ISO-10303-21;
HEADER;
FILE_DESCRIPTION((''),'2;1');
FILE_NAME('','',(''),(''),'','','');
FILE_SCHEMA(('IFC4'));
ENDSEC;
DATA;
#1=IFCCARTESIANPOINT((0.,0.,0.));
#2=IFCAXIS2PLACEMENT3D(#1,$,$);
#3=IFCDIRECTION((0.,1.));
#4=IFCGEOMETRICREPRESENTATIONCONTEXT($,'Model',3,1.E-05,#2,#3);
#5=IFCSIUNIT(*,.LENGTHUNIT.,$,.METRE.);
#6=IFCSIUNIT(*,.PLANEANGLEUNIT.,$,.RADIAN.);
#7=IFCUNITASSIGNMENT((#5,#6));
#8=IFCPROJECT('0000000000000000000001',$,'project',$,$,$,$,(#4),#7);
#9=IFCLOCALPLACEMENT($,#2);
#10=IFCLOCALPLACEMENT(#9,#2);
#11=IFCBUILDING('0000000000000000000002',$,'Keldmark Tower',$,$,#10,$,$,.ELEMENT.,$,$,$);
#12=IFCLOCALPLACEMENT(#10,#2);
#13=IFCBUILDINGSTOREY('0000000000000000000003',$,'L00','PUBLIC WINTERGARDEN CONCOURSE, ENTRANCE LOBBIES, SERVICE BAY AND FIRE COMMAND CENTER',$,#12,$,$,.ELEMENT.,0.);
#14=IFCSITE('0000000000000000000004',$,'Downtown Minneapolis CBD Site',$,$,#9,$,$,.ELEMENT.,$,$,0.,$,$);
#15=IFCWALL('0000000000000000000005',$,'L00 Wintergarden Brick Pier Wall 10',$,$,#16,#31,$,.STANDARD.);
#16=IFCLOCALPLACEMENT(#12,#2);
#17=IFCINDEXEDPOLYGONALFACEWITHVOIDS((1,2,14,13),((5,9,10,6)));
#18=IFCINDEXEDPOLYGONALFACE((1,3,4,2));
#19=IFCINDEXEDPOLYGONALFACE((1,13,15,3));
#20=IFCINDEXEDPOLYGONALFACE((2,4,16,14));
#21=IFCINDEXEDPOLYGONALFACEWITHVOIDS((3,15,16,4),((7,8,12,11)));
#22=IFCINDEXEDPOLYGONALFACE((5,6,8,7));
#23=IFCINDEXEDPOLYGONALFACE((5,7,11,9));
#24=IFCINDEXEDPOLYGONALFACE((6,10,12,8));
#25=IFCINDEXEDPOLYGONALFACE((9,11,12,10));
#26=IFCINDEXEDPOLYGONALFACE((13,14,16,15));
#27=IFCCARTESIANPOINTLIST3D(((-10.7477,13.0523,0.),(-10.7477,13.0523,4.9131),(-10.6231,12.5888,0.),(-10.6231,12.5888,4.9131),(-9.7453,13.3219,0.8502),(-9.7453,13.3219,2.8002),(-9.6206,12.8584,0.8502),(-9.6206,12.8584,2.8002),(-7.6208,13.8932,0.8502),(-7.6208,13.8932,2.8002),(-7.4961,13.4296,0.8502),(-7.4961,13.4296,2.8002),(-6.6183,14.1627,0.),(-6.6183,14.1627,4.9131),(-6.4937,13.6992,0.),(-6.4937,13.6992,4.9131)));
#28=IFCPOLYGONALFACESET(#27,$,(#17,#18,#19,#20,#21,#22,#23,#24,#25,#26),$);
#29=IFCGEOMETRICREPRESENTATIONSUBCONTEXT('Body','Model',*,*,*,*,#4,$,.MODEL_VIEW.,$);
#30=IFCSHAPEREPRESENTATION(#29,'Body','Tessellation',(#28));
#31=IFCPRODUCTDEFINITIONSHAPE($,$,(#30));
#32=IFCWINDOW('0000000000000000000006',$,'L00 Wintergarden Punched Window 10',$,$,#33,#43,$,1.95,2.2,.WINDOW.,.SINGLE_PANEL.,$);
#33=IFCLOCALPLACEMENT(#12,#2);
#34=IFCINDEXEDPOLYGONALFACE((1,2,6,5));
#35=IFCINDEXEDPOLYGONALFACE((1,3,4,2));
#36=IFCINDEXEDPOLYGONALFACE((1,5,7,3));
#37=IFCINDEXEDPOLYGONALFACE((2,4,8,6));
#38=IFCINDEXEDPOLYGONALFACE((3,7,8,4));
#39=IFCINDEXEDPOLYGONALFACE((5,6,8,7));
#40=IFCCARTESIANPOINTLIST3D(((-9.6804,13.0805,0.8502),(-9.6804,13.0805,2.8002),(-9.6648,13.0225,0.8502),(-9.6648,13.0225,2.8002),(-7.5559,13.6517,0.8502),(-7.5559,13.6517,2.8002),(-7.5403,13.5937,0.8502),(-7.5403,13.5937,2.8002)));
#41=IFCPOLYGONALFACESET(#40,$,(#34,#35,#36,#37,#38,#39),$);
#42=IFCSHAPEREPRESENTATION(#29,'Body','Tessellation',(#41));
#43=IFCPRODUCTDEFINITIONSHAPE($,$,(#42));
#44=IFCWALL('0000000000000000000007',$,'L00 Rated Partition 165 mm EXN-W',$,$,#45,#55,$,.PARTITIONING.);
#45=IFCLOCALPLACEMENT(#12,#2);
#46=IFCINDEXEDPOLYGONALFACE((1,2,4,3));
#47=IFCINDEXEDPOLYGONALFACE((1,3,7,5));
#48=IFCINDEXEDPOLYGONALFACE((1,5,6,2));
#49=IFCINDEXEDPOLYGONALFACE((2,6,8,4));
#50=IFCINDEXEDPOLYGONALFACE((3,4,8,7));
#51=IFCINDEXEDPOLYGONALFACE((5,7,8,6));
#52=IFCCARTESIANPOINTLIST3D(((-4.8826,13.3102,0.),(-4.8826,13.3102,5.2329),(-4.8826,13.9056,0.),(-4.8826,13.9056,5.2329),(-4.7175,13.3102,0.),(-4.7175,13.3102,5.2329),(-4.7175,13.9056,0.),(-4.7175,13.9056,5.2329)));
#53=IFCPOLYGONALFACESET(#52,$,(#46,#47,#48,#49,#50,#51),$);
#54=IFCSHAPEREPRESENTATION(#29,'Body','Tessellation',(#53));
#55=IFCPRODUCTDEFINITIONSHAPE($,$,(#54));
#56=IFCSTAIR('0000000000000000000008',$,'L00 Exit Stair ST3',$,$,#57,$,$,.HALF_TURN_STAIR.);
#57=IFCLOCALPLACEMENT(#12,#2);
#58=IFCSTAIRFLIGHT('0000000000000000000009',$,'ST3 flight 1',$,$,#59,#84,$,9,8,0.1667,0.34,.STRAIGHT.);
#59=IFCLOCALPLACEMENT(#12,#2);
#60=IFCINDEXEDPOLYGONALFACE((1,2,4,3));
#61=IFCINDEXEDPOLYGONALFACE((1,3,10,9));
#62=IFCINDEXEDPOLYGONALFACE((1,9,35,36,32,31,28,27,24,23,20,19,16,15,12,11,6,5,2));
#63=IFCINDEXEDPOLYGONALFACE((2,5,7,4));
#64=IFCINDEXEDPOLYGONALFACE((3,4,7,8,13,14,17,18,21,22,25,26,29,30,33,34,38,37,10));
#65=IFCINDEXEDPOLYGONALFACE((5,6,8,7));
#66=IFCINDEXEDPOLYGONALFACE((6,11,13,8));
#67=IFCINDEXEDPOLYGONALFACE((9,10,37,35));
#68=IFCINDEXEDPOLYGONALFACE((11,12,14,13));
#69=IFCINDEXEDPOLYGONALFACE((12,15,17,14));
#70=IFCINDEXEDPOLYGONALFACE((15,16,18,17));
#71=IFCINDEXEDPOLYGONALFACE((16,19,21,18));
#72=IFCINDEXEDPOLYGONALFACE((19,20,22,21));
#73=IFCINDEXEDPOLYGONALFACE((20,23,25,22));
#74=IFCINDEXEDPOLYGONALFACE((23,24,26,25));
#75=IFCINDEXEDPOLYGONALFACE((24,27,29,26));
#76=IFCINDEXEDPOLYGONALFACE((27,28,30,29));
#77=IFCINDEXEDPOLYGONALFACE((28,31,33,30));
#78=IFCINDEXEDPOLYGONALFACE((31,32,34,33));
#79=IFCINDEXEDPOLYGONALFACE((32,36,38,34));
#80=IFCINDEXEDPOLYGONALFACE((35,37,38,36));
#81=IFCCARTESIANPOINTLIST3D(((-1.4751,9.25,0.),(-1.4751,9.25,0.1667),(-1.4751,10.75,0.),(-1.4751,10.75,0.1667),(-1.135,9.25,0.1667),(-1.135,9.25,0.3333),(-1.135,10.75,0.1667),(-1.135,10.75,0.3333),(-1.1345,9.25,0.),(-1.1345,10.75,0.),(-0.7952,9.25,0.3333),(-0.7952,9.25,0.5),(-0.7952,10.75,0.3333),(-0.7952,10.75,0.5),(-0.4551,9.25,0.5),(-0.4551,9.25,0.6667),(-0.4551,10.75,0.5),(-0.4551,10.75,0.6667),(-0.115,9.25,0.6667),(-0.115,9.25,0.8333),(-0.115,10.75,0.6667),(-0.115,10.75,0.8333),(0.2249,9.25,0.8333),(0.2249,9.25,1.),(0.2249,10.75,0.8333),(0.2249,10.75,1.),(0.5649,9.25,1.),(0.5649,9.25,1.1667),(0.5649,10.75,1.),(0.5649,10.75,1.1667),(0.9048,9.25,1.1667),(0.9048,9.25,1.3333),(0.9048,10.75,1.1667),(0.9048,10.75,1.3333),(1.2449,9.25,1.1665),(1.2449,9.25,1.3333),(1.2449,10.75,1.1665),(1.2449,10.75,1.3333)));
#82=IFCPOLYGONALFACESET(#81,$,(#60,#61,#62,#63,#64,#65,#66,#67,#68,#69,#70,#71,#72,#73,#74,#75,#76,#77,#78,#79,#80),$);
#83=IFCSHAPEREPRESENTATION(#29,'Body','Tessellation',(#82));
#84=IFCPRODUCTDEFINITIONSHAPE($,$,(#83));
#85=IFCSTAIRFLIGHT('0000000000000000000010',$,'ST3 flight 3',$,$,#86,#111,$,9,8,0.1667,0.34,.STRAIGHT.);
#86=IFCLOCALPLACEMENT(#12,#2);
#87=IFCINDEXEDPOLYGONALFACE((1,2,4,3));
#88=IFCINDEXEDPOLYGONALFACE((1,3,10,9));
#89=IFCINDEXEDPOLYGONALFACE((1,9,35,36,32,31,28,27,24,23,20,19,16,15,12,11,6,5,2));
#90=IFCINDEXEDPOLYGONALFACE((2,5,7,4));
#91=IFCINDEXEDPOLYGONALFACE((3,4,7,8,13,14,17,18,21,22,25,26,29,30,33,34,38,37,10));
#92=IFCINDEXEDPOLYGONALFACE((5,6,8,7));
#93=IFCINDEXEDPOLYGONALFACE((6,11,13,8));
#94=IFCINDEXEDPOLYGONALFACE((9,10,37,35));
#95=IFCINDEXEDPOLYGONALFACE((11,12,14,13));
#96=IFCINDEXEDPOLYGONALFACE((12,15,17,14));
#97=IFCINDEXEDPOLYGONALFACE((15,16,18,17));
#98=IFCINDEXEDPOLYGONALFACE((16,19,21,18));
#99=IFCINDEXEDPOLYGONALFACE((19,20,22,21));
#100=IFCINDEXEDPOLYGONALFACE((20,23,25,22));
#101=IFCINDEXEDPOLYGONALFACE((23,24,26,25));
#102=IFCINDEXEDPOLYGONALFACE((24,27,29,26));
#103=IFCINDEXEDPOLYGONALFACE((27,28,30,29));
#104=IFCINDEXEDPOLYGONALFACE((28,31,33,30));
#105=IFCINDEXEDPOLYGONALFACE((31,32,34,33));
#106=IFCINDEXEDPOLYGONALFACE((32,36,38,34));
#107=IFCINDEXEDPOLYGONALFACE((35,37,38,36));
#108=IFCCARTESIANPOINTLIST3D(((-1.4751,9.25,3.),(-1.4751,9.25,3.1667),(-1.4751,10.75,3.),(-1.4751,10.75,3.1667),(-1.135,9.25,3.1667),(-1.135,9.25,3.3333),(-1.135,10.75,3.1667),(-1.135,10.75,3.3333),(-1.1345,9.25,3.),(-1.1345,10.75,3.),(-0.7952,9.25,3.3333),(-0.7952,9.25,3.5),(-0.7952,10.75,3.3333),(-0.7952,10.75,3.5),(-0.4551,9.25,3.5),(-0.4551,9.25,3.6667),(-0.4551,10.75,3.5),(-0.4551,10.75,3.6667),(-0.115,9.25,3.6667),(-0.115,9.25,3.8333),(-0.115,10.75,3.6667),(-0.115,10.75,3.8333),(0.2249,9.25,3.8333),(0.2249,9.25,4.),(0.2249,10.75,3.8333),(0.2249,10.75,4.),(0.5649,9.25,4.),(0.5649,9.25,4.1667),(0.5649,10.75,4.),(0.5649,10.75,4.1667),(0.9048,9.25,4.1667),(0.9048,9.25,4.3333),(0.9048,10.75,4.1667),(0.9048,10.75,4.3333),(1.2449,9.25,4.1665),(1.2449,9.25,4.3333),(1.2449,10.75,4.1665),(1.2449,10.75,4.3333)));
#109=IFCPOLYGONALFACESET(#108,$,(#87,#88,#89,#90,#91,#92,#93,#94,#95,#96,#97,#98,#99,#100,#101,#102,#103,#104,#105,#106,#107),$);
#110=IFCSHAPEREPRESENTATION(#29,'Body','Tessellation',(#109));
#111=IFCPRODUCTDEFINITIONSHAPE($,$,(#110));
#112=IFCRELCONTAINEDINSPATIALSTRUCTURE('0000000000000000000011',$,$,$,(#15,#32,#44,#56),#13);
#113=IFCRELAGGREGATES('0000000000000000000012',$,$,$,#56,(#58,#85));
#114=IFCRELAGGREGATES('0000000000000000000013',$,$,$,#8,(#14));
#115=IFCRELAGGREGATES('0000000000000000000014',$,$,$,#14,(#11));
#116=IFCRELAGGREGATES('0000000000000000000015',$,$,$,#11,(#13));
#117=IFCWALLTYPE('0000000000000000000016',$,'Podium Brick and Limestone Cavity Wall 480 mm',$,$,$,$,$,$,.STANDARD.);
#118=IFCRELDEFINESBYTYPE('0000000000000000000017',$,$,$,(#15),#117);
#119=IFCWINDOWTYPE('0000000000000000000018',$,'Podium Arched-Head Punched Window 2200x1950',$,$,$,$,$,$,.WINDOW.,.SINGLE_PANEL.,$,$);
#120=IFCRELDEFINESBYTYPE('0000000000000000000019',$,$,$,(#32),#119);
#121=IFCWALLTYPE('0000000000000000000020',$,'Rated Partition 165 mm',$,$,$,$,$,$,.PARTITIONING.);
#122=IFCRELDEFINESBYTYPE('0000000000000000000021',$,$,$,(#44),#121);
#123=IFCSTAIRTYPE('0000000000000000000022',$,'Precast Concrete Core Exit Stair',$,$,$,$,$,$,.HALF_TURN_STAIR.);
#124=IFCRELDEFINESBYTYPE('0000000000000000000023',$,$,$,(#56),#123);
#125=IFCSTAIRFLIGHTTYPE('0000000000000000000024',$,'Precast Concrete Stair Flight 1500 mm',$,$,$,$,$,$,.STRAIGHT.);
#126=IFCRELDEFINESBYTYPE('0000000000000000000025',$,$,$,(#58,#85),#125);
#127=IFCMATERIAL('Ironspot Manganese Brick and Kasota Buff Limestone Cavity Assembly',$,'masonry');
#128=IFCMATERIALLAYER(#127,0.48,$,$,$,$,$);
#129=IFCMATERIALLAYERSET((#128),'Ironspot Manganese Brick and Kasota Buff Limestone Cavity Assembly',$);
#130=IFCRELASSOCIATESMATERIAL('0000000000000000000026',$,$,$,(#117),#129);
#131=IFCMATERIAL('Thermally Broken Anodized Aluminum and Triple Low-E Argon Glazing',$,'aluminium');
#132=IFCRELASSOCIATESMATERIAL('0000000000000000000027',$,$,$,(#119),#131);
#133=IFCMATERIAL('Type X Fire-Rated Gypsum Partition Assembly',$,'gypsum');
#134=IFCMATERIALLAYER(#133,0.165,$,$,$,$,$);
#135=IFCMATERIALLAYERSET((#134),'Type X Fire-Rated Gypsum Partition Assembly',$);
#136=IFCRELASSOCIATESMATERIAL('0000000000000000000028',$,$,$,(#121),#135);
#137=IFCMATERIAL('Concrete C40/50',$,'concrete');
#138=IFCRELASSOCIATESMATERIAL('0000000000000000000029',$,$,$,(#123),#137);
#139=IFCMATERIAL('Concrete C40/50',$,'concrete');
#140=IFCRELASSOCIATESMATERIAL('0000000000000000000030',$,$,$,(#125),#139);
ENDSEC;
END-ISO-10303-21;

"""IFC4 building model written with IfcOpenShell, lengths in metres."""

from ifc_helpers import new_model, si_unit, direction, frame, frame_2d, origin, place, context, subcontext, project, spatial, polyline, rectangle, outline, extrude, material, layer, layer_set, type_object, element, fill, aggregate, save


model = new_model("IFC4")

# Units and contexts
model_context = context("Model", 3, precision=1e-05, world=origin(), true_north=direction((0.0, 1.0)))
body_context = subcontext(model_context, "Body", "Model", "MODEL_VIEW")
ifc_project = project(units=[si_unit("LENGTHUNIT", "METRE"), si_unit("PLANEANGLEUNIT", "RADIAN")], contexts=[model_context])

# Site, building, storey
site_placement = place(None, origin())
site = spatial("IfcSite", under=ifc_project, at=site_placement, Name="Downtown Minneapolis CBD Site", CompositionType="ELEMENT", RefElevation=0.0)
building_placement = place(site_placement, origin())
building = spatial("IfcBuilding", under=site, at=building_placement, Name="Keldmark Tower", CompositionType="ELEMENT")
storey_placement = place(building_placement, origin())
storey = spatial("IfcBuildingStorey", under=building, at=storey_placement, Name="L00", Description="PUBLIC WINTERGARDEN CONCOURSE, ENTRANCE LOBBIES, SERVICE BAY AND FIRE COMMAND CENTER", CompositionType="ELEMENT", Elevation=0.0)

# Shared definitions
ifc_material_1 = material(Name="Ironspot Manganese Brick and Kasota Buff Limestone Cavity Assembly", Category="masonry")
ifc_layer_1 = layer(ifc_material_1, 0.48)
ifc_layer_set_1 = layer_set([ifc_layer_1], Name="Ironspot Manganese Brick and Kasota Buff Limestone Cavity Assembly")
wall_type_1 = type_object("IfcWallType", Name="Podium Brick and Limestone Cavity Wall 480 mm", PredefinedType="STANDARD", material=ifc_layer_set_1)

# Wall, opening, window
wall_1_placement = place(storey_placement, frame((-10.6855, 12.8206, 0.0), z_axis=(0.0, 0.0, 1.0), x_axis=(0.965698, 0.259666, 0.0)))
wall_1 = element("IfcWall", 1, at=wall_1_placement, inside=storey, type_object=wall_type_1, Name="L00 Wintergarden Brick Pier Wall 10", PredefinedType="STANDARD", context=body_context, shape_type="SweptSolid", body=[
    extrude(rectangle(XDim=4.2761, YDim=0.48, at=frame_2d((2.1382, 0.0))), origin(), (0.0, 0.0, 1.0), 4.9131),
])
opening_1_placement = place(wall_1_placement, frame((1.0381, 0.0, 0.8501)))
opening_1 = element("IfcOpeningElement", 2, at=opening_1_placement, cuts=wall_1, PredefinedType="OPENING", context=body_context, shape_type="SweptSolid", body=[
    extrude(rectangle(XDim=2.2, YDim=1.95, at=frame_2d((1.1001, 0.9751))), frame((0.0, 0.25, 0.0), z_axis=(0.0, -1.0, 0.0), x_axis=(1.0, 0.0, 0.0)), (0.0, 0.0, 1.0), 0.5),
])
ifc_material_2 = material(Name="Thermally Broken Anodized Aluminum and Triple Low-E Argon Glazing", Category="aluminium")
window_type = type_object("IfcWindowType", Name="Podium Arched-Head Punched Window 2200x1950", PartitioningType="SINGLE_PANEL", PredefinedType="WINDOW", material=ifc_material_2)
window_placement = place(opening_1_placement, origin())
window = element("IfcWindow", 3, at=window_placement, inside=storey, type_object=window_type, Name="L00 Wintergarden Punched Window 10", OverallHeight=1.95, OverallWidth=2.2, PartitioningType="SINGLE_PANEL", PredefinedType="WINDOW", context=body_context, shape_type="SweptSolid", body=[
    extrude(rectangle(XDim=2.2, YDim=1.95, at=frame_2d((1.1001, 0.9751))), frame((0.0, -0.01, 0.0), z_axis=(0.0, -1.0, 0.0), x_axis=(1.0, 0.0, 0.0)), (0.0, 0.0, 1.0), 0.0601),
])
fill(opening_1, window)

# Wall
ifc_material_3 = material(Name="Type X Fire-Rated Gypsum Partition Assembly", Category="gypsum")
ifc_layer_2 = layer(ifc_material_3, 0.165)
ifc_layer_set_2 = layer_set([ifc_layer_2], Name="Type X Fire-Rated Gypsum Partition Assembly")
wall_type_2 = type_object("IfcWallType", Name="Rated Partition 165 mm", PredefinedType="PARTITIONING", material=ifc_layer_set_2)
wall_2_placement = place(storey_placement, frame((-4.8, 13.3101, 0.0), z_axis=(0.0, 0.0, 1.0), x_axis=(0.0, 1.0, 0.0)))
element("IfcWall", 4, at=wall_2_placement, inside=storey, type_object=wall_type_2, Name="L00 Rated Partition 165 mm EXN-W", PredefinedType="PARTITIONING", context=body_context, shape_type="SweptSolid", body=[
    extrude(rectangle(XDim=0.5955, YDim=0.165, at=frame_2d((0.2979, 0.0))), origin(), (0.0, 0.0, 1.0), 5.2329),
])

# Stair, stair flights
ifc_material_4 = material(Name="Concrete C40/50", Category="concrete")
stair_type = type_object("IfcStairType", Name="Precast Concrete Core Exit Stair", PredefinedType="HALF_TURN_STAIR", material=ifc_material_4)
stair_placement = place(storey_placement, origin())
stair = element("IfcStair", 5, at=stair_placement, inside=storey, type_object=stair_type, Name="L00 Exit Stair ST3", PredefinedType="HALF_TURN_STAIR")
ifc_material_5 = material(Name="Concrete C40/50", Category="concrete")
stair_flight_type = type_object("IfcStairFlightType", Name="Precast Concrete Stair Flight 1500 mm", PredefinedType="STRAIGHT", material=ifc_material_5)
stair_flight_1_placement = place(storey_placement, frame((-1.4751, 10.0, 0.0), z_axis=(0.0, 0.0, 1.0), x_axis=(1.0, 0.0, 0.0)))
stair_flight_1 = element("IfcStairFlight", 6, at=stair_flight_1_placement, type_object=stair_flight_type, Name="ST3 flight 1", NumberOfRisers=9, NumberOfTreads=8, PredefinedType="STRAIGHT", RiserHeight=0.1667, TreadLength=0.34, context=body_context, shape_type="SweptSolid", body=[
    extrude(outline(polyline([(0.0, 0.0), (0.0, 0.1667), (0.3401, 0.1667), (0.3401, 0.3333), (0.6799, 0.3333), (0.6799, 0.5), (1.02, 0.5), (1.02, 0.6667), (1.3601, 0.6667), (1.3601, 0.8333), (1.7, 0.8333), (1.7, 1.0), (2.04, 1.0), (2.04, 1.1667), (2.3799, 1.1667), (2.3799, 1.3333), (2.72, 1.3333), (2.72, 1.5), (2.72, 1.1665), (0.3406, 0.0), (0.0, 0.0)])), frame((0.0, 0.75, 0.0), z_axis=(0.0, -1.0, 0.0), x_axis=(1.0, 0.0, 0.0)), (0.0, 0.0, 1.0), 1.5),
])
stair_flight_2_placement = place(storey_placement, frame((-1.4751, 10.0, 3.0), z_axis=(0.0, 0.0, 1.0), x_axis=(1.0, 0.0, 0.0)))
stair_flight_2 = element("IfcStairFlight", 7, at=stair_flight_2_placement, type_object=stair_flight_type, Name="ST3 flight 3", NumberOfRisers=9, NumberOfTreads=8, PredefinedType="STRAIGHT", RiserHeight=0.1667, TreadLength=0.34, context=body_context, shape_type="SweptSolid", body=[
    extrude(outline(polyline([(0.0, 0.0), (0.0, 0.1667), (0.3401, 0.1667), (0.3401, 0.3333), (0.6799, 0.3333), (0.6799, 0.5), (1.02, 0.5), (1.02, 0.6667), (1.3601, 0.6667), (1.3601, 0.8333), (1.7, 0.8333), (1.7, 1.0), (2.04, 1.0), (2.04, 1.1667), (2.3799, 1.1667), (2.3799, 1.3333), (2.72, 1.3333), (2.72, 1.5), (2.72, 1.1665), (0.3406, 0.0), (0.0, 0.0)])), frame((0.0, 0.75, 0.0), z_axis=(0.0, -1.0, 0.0), x_axis=(1.0, 0.0, 0.0)), (0.0, 0.0, 1.0), 1.5),
])
aggregate(stair, [stair_flight_1, stair_flight_2])

save(model, "model.ifc")
